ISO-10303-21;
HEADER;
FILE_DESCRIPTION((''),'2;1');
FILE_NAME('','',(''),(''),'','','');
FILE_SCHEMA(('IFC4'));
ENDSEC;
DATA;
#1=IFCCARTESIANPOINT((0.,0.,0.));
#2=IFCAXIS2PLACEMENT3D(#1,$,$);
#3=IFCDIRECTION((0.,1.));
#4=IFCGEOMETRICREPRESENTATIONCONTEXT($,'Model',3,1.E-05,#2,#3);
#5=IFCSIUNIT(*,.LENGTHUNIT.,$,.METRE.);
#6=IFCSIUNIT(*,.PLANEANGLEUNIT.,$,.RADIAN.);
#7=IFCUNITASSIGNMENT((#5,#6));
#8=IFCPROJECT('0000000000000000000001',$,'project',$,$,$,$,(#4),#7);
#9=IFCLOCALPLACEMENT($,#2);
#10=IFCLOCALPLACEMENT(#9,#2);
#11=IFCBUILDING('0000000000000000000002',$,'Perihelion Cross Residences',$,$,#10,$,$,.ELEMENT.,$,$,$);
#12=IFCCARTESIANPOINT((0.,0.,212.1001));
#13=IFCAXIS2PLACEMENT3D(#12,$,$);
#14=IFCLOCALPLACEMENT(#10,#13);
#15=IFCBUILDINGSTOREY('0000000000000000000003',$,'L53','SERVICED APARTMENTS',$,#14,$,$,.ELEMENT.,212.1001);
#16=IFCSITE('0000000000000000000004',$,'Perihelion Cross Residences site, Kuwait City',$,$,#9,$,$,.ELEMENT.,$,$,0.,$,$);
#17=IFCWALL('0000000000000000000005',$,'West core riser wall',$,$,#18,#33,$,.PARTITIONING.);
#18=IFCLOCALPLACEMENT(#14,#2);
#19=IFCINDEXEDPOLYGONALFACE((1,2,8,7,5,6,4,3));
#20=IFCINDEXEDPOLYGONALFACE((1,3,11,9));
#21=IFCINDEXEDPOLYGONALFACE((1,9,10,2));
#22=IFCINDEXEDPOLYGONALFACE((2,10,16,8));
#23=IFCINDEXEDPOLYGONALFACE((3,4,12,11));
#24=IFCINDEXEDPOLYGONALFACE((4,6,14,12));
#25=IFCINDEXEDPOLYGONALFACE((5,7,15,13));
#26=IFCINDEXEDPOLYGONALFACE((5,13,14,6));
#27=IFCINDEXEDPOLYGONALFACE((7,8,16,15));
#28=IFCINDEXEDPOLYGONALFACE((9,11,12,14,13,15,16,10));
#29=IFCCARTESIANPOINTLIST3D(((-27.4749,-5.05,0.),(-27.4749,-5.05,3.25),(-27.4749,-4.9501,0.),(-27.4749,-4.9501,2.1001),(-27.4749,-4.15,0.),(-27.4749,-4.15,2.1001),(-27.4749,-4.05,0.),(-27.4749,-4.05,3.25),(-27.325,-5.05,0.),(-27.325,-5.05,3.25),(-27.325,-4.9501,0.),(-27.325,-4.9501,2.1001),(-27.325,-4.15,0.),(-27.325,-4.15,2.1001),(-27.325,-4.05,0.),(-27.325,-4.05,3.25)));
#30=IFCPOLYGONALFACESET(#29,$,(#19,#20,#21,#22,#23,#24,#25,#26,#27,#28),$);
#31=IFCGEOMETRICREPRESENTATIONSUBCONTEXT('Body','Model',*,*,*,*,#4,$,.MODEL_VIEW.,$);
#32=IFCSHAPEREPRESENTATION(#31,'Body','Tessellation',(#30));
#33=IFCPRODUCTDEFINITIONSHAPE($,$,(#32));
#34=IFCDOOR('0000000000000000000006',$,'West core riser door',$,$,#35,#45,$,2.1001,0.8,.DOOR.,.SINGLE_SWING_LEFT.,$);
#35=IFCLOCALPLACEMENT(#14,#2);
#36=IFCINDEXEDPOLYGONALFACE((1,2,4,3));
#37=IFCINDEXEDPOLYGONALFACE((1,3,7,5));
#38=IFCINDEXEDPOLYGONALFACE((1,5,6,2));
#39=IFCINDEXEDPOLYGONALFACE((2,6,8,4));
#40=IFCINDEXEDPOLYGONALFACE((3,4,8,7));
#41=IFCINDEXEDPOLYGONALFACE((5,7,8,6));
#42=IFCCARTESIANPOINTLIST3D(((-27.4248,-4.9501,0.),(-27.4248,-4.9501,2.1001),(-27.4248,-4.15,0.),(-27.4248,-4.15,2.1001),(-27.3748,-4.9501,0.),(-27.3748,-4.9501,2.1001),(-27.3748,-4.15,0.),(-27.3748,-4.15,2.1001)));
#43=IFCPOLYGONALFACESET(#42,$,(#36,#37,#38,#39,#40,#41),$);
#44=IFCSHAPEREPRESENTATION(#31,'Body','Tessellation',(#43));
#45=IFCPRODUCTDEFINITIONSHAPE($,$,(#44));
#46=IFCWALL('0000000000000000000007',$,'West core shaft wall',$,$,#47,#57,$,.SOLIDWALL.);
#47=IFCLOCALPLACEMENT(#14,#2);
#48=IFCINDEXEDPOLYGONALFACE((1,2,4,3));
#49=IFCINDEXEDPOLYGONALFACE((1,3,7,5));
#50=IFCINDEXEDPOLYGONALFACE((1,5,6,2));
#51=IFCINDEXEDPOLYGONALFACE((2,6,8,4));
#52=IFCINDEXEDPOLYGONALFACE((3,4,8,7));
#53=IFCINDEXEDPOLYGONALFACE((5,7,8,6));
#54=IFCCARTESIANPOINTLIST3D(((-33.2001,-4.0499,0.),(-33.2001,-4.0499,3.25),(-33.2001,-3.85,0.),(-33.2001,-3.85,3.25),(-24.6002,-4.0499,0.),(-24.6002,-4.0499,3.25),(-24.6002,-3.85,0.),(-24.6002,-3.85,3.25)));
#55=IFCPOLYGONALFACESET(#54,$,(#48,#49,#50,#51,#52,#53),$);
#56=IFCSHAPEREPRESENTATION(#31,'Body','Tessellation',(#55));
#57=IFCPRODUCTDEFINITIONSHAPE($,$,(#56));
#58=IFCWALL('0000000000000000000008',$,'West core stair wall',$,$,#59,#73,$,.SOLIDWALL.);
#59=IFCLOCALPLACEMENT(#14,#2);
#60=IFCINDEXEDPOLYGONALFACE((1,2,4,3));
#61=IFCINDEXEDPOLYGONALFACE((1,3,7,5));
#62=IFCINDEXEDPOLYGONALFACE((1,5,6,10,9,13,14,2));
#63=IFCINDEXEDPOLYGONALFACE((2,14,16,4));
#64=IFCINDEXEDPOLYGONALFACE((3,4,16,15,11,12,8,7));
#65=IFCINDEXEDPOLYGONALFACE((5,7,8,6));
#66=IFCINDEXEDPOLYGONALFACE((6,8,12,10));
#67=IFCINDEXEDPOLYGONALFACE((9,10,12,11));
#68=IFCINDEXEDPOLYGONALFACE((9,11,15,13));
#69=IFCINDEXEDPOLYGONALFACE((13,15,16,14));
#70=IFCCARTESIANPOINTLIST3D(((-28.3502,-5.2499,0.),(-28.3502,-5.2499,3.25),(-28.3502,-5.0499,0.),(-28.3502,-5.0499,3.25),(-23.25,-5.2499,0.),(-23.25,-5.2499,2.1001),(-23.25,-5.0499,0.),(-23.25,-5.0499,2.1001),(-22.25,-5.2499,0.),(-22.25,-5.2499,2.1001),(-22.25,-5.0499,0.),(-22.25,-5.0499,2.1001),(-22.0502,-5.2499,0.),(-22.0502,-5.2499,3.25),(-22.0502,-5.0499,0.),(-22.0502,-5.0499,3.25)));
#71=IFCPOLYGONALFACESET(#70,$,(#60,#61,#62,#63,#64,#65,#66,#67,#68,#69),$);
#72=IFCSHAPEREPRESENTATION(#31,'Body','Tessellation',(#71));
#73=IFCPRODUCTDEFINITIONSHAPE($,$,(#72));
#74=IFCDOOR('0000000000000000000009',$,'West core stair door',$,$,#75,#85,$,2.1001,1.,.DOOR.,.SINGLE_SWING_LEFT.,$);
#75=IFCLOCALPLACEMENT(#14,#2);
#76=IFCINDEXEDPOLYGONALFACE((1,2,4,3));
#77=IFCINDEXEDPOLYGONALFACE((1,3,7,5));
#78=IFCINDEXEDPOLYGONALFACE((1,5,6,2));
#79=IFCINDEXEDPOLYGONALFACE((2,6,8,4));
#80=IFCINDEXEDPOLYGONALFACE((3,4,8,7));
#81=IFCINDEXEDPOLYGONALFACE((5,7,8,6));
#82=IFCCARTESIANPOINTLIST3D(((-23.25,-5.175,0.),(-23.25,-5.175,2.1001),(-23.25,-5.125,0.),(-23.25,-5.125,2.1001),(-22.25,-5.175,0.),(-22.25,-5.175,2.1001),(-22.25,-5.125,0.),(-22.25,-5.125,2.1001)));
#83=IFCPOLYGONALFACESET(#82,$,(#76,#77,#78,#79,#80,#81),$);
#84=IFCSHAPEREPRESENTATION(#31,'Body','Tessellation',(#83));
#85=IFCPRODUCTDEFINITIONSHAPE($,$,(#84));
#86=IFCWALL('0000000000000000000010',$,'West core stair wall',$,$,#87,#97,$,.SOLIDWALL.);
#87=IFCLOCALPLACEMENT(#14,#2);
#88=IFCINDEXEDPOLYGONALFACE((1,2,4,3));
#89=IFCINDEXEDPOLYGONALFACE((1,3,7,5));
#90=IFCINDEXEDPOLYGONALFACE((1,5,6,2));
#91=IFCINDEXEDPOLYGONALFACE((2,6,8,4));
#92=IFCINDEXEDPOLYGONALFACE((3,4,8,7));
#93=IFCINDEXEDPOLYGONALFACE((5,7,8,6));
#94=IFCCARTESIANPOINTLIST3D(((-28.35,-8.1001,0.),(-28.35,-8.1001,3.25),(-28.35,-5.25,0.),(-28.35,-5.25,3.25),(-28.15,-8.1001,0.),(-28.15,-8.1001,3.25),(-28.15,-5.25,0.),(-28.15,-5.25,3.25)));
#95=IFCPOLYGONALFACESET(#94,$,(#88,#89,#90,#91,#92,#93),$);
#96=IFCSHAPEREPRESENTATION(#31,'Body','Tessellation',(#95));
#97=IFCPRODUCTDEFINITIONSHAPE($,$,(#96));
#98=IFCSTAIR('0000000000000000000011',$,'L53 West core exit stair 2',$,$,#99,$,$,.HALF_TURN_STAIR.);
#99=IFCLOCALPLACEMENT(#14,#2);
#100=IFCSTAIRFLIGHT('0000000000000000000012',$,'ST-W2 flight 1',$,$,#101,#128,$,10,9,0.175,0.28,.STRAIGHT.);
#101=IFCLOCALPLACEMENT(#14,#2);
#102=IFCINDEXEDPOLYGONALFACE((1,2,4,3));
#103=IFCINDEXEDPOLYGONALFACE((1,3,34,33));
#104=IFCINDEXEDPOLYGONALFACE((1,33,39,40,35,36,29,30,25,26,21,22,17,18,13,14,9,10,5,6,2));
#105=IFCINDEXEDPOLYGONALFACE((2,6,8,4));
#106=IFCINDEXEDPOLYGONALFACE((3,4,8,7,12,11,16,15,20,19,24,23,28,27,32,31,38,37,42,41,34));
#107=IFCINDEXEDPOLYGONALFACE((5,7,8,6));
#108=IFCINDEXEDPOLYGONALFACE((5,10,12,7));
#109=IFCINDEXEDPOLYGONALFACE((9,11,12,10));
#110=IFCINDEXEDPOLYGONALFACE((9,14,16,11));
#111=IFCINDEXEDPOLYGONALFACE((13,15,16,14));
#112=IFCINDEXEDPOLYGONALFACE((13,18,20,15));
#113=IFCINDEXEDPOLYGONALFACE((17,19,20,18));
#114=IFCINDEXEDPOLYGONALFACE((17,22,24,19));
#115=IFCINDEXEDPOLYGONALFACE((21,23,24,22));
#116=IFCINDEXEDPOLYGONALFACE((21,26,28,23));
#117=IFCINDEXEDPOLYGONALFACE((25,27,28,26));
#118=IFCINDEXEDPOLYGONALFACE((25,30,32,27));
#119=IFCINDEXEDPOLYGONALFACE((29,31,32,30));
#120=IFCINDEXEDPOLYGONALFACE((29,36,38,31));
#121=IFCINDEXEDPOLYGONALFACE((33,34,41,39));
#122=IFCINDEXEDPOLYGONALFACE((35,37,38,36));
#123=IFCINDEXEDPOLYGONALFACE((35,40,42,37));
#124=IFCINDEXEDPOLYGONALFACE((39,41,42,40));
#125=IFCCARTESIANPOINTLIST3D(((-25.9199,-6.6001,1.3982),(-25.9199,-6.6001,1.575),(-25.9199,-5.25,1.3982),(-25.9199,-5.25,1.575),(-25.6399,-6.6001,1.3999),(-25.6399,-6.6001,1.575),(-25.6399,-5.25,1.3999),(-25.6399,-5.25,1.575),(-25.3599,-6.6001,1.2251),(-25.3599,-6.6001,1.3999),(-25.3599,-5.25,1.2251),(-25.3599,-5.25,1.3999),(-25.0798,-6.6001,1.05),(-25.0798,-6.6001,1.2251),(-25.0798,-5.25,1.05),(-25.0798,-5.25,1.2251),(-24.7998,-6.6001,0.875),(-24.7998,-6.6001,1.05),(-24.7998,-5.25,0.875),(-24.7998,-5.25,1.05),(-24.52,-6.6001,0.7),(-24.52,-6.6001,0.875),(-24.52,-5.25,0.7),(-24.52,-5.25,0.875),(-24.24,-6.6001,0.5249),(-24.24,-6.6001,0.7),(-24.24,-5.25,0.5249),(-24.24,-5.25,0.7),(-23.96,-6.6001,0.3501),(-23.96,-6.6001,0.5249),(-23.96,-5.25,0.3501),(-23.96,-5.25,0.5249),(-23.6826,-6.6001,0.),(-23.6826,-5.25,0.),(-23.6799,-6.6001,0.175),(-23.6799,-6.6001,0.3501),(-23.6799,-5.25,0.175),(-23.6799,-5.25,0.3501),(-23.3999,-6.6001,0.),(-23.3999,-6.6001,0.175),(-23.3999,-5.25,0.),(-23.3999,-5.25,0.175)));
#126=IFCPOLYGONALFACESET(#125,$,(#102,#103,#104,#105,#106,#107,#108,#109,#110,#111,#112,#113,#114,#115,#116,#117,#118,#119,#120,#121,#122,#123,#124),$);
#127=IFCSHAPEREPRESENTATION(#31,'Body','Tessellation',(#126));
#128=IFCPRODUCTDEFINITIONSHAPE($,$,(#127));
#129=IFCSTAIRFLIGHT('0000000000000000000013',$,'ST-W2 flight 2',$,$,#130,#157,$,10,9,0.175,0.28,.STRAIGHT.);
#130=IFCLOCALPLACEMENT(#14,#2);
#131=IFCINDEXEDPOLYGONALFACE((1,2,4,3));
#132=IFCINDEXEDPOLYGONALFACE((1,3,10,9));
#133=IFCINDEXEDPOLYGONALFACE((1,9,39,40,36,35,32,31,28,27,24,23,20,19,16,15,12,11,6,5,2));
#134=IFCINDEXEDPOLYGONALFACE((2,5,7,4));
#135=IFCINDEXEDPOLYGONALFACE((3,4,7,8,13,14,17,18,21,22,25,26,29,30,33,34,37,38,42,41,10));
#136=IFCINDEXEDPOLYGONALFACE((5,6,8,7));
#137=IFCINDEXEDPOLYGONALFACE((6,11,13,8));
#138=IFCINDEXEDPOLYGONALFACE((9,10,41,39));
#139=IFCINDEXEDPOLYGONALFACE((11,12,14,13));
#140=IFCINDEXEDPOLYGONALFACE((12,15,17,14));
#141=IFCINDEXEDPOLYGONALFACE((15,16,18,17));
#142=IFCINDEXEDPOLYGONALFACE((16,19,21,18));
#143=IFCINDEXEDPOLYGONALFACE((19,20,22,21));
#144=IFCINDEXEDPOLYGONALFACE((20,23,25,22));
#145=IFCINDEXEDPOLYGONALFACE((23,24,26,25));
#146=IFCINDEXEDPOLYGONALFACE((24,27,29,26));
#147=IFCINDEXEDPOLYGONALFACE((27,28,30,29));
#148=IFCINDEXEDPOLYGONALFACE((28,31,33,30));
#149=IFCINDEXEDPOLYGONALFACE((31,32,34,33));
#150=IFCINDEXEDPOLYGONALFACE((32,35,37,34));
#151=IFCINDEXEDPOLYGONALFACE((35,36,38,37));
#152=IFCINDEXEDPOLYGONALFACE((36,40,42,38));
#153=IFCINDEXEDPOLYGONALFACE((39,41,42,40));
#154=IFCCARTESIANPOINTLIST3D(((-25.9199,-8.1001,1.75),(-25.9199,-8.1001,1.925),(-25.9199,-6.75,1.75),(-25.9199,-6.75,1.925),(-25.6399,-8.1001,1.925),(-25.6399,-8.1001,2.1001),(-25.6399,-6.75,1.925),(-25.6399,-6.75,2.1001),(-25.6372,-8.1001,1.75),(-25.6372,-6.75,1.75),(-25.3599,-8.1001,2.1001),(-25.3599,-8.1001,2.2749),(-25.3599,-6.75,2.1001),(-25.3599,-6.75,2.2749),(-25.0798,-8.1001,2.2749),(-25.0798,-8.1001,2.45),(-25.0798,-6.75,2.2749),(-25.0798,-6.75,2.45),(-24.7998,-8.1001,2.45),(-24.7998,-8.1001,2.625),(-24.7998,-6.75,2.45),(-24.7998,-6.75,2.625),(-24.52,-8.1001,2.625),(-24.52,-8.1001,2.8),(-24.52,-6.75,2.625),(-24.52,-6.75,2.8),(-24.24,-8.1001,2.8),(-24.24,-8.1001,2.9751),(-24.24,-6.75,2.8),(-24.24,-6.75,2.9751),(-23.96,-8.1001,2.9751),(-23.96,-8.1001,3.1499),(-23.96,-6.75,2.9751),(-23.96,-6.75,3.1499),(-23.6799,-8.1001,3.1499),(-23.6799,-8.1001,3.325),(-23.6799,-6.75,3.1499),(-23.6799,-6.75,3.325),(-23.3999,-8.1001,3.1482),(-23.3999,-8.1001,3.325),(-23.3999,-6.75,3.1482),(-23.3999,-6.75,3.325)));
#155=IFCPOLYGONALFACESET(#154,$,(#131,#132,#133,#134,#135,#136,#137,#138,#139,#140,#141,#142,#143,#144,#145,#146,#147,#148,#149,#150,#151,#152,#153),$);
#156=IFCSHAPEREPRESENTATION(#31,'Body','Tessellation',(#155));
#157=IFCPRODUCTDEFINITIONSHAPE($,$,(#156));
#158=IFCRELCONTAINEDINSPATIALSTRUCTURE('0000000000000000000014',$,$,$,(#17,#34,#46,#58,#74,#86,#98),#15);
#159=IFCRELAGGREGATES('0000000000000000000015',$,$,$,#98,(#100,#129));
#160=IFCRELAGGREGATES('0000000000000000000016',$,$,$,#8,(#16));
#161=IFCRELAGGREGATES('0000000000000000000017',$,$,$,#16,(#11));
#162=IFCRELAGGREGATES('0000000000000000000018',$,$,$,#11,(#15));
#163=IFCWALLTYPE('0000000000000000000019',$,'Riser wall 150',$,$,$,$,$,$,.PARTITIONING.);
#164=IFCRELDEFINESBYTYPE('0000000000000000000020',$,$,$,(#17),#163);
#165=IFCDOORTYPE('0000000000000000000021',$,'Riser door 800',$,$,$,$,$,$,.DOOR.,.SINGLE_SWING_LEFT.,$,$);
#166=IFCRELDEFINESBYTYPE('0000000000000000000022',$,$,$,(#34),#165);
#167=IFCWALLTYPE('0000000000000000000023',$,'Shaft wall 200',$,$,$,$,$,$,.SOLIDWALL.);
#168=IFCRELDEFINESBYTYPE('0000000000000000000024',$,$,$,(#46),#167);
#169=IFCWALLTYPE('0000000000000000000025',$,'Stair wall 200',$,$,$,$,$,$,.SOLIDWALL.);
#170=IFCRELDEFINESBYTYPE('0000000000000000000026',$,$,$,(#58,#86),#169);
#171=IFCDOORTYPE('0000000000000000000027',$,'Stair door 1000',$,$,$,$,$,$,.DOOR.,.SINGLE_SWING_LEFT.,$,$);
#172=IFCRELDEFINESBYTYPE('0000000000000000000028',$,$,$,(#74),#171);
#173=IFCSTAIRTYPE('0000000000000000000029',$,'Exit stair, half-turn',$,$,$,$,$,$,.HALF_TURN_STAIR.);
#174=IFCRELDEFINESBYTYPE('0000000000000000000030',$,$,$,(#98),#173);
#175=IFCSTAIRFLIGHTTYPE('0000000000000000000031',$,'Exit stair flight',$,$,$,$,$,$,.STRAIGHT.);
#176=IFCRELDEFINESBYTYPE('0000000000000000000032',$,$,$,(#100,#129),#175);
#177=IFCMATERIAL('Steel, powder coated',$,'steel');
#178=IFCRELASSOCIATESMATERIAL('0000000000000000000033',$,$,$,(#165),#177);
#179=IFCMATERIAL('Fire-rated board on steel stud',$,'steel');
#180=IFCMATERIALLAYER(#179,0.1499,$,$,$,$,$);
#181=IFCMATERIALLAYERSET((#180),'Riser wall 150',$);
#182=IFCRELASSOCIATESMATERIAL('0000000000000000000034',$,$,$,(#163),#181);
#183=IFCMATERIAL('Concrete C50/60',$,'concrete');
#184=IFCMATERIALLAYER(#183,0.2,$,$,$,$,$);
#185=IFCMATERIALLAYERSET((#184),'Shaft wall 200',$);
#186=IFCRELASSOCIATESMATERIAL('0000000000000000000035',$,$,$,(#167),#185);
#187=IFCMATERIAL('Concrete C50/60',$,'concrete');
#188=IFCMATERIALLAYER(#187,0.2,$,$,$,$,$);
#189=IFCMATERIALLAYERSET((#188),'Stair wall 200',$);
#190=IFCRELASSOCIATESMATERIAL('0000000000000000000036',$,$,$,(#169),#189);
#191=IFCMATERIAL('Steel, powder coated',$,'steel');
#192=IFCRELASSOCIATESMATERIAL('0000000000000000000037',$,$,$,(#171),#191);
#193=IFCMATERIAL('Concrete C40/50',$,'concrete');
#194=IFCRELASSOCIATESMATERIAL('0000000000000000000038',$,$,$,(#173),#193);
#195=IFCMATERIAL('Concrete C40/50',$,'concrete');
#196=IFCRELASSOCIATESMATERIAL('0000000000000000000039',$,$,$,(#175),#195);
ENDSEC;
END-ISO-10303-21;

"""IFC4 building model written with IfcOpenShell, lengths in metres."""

from ifc_helpers import new_model, si_unit, direction, frame, frame_2d, origin, place, context, subcontext, project, spatial, polyline, rectangle, outline, extrude, material, layer, layer_set, type_object, element, fill, aggregate, save


model = new_model("IFC4")

# Units and contexts
model_context = context("Model", 3, precision=1e-05, world=origin(), true_north=direction((0.0, 1.0)))
body_context = subcontext(model_context, "Body", "Model", "MODEL_VIEW")
ifc_project = project(units=[si_unit("LENGTHUNIT", "METRE"), si_unit("PLANEANGLEUNIT", "RADIAN")], contexts=[model_context])

# Site, building, storey
site_placement = place(None, origin())
site = spatial("IfcSite", under=ifc_project, at=site_placement, Name="Perihelion Cross Residences site, Kuwait City", CompositionType="ELEMENT", RefElevation=0.0)
building_placement = place(site_placement, origin())
building = spatial("IfcBuilding", under=site, at=building_placement, Name="Perihelion Cross Residences", CompositionType="ELEMENT")
storey_placement = place(building_placement, frame((0.0, 0.0, 212.1001)))
storey = spatial("IfcBuildingStorey", under=building, at=storey_placement, Name="L53", Description="SERVICED APARTMENTS", CompositionType="ELEMENT", Elevation=212.1001)

# Shared definitions
ifc_material_1 = material(Name="Steel, powder coated", Category="steel")
door_type_1 = type_object("IfcDoorType", Name="Riser door 800", OperationType="SINGLE_SWING_LEFT", PredefinedType="DOOR", material=ifc_material_1)

# Wall, opening, door
ifc_material_2 = material(Name="Fire-rated board on steel stud", Category="steel")
ifc_layer_1 = layer(ifc_material_2, 0.1499)
ifc_layer_set_1 = layer_set([ifc_layer_1], Name="Riser wall 150")
wall_type_1 = type_object("IfcWallType", Name="Riser wall 150", PredefinedType="PARTITIONING", material=ifc_layer_set_1)
wall_1_placement = place(storey_placement, frame((-27.3999, -5.05, 0.0), z_axis=(0.0, 0.0, 1.0), x_axis=(0.0, 1.0, 0.0)))
wall_1 = element("IfcWall", 1, at=wall_1_placement, inside=storey, type_object=wall_type_1, Name="West core riser wall", PredefinedType="PARTITIONING", context=body_context, shape_type="SweptSolid", body=[
    extrude(rectangle(XDim=1.0, YDim=0.1499, at=frame_2d((0.5, 0.0))), origin(), (0.0, 0.0, 1.0), 3.25),
])
opening_1_placement = place(wall_1_placement, frame((0.1001, 0.0, 0.0)))
opening_1 = element("IfcOpeningElement", 2, at=opening_1_placement, cuts=wall_1, PredefinedType="OPENING", context=body_context, shape_type="SweptSolid", body=[
    extrude(rectangle(XDim=0.8, YDim=2.1001, at=frame_2d((0.3999, 1.05))), frame((0.0, 0.085, 0.0), z_axis=(0.0, -1.0, 0.0), x_axis=(1.0, 0.0, 0.0)), (0.0, 0.0, 1.0), 0.1699),
])
door_1_placement = place(opening_1_placement, origin())
door_1 = element("IfcDoor", 3, at=door_1_placement, inside=storey, type_object=door_type_1, Name="West core riser door", OperationType="SINGLE_SWING_LEFT", OverallHeight=2.1001, OverallWidth=0.8, PredefinedType="DOOR", context=body_context, shape_type="SweptSolid", body=[
    extrude(rectangle(XDim=0.8, YDim=2.1001, at=frame_2d((0.3999, 1.05))), frame((0.0, 0.0249, 0.0), z_axis=(0.0, -1.0, 0.0), x_axis=(1.0, 0.0, 0.0)), (0.0, 0.0, 1.0), 0.05),
])
fill(opening_1, door_1)

# Wall
ifc_material_3 = material(Name="Concrete C50/60", Category="concrete")
ifc_layer_2 = layer(ifc_material_3, 0.2)
ifc_layer_set_2 = layer_set([ifc_layer_2], Name="Shaft wall 200")
wall_type_2 = type_object("IfcWallType", Name="Shaft wall 200", PredefinedType="SOLIDWALL", material=ifc_layer_set_2)
wall_2_placement = place(storey_placement, frame((-33.2, -3.95, 0.0), z_axis=(0.0, 0.0, 1.0), x_axis=(1.0, 0.0, 0.0)))
element("IfcWall", 4, at=wall_2_placement, inside=storey, type_object=wall_type_2, Name="West core shaft wall", PredefinedType="SOLIDWALL", context=body_context, shape_type="SweptSolid", body=[
    extrude(rectangle(XDim=8.5999, YDim=0.2, at=frame_2d((4.2998, 0.0))), origin(), (0.0, 0.0, 1.0), 3.25),
])

# Wall, opening, door
ifc_material_4 = material(Name="Concrete C50/60", Category="concrete")
ifc_layer_3 = layer(ifc_material_4, 0.2)
ifc_layer_set_3 = layer_set([ifc_layer_3], Name="Stair wall 200")
wall_type_3 = type_object("IfcWallType", Name="Stair wall 200", PredefinedType="SOLIDWALL", material=ifc_layer_set_3)
wall_3_placement = place(storey_placement, frame((-28.3501, -5.1499, 0.0), z_axis=(0.0, 0.0, 1.0), x_axis=(1.0, 0.0, 0.0)))
wall_3 = element("IfcWall", 5, at=wall_3_placement, inside=storey, type_object=wall_type_3, Name="West core stair wall", PredefinedType="SOLIDWALL", context=body_context, shape_type="SweptSolid", body=[
    extrude(rectangle(XDim=6.3, YDim=0.2, at=frame_2d((3.1499, 0.0))), origin(), (0.0, 0.0, 1.0), 3.25),
])
opening_2_placement = place(wall_3_placement, frame((5.1001, 0.0, 0.0)))
opening_2 = element("IfcOpeningElement", 6, at=opening_2_placement, cuts=wall_3, PredefinedType="OPENING", context=body_context, shape_type="SweptSolid", body=[
    extrude(rectangle(XDim=1.0, YDim=2.1001, at=frame_2d((0.5, 1.05))), frame((0.0, 0.1099, 0.0), z_axis=(0.0, -1.0, 0.0), x_axis=(1.0, 0.0, 0.0)), (0.0, 0.0, 1.0), 0.22),
])
ifc_material_5 = material(Name="Steel, powder coated", Category="steel")
door_type_2 = type_object("IfcDoorType", Name="Stair door 1000", OperationType="SINGLE_SWING_LEFT", PredefinedType="DOOR", material=ifc_material_5)
door_2_placement = place(opening_2_placement, origin())
door_2 = element("IfcDoor", 7, at=door_2_placement, inside=storey, type_object=door_type_2, Name="West core stair door", OperationType="SINGLE_SWING_LEFT", OverallHeight=2.1001, OverallWidth=1.0, PredefinedType="DOOR", context=body_context, shape_type="SweptSolid", body=[
    extrude(rectangle(XDim=1.0, YDim=2.1001, at=frame_2d((0.5, 1.05))), frame((0.0, 0.0249, 0.0), z_axis=(0.0, -1.0, 0.0), x_axis=(1.0, 0.0, 0.0)), (0.0, 0.0, 1.0), 0.05),
])
fill(opening_2, door_2)

# Wall
wall_4_placement = place(storey_placement, frame((-28.25, -8.1001, 0.0), z_axis=(0.0, 0.0, 1.0), x_axis=(0.0, 1.0, 0.0)))
element("IfcWall", 8, at=wall_4_placement, inside=storey, type_object=wall_type_3, Name="West core stair wall", PredefinedType="SOLIDWALL", context=body_context, shape_type="SweptSolid", body=[
    extrude(rectangle(XDim=2.8501, YDim=0.2, at=frame_2d((1.425, 0.0))), origin(), (0.0, 0.0, 1.0), 3.25),
])

# Stair, stair flights
ifc_material_6 = material(Name="Concrete C40/50", Category="concrete")
stair_type = type_object("IfcStairType", Name="Exit stair, half-turn", PredefinedType="HALF_TURN_STAIR", material=ifc_material_6)
stair_placement = place(storey_placement, origin())
stair = element("IfcStair", 9, at=stair_placement, inside=storey, type_object=stair_type, Name="L53 West core exit stair 2", PredefinedType="HALF_TURN_STAIR")
ifc_material_7 = material(Name="Concrete C40/50", Category="concrete")
stair_flight_type = type_object("IfcStairFlightType", Name="Exit stair flight", PredefinedType="STRAIGHT", material=ifc_material_7)
stair_flight_1_placement = place(storey_placement, frame((-23.3999, -5.925, 0.0), z_axis=(0.0, 0.0, 1.0), x_axis=(-1.0, 0.0, 0.0)))
stair_flight_1 = element("IfcStairFlight", 10, at=stair_flight_1_placement, type_object=stair_flight_type, Name="ST-W2 flight 1", NumberOfRisers=10, NumberOfTreads=9, PredefinedType="STRAIGHT", RiserHeight=0.175, TreadLength=0.28, context=body_context, shape_type="SweptSolid", body=[
    extrude(outline(polyline([(0.0, 0.0), (0.0, 0.175), (0.28, 0.175), (0.28, 0.3501), (0.5601, 0.3501), (0.5601, 0.5249), (0.8401, 0.5249), (0.8401, 0.7), (1.1201, 0.7), (1.1201, 0.875), (1.3999, 0.875), (1.3999, 1.05), (1.6799, 1.05), (1.6799, 1.2251), (1.96, 1.2251), (1.96, 1.3999), (2.24, 1.3999), (2.24, 1.575), (2.52, 1.575), (2.52, 1.75), (2.52, 1.3982), (0.2827, 0.0), (0.0, 0.0)])), frame((0.0, 0.675, 0.0), z_axis=(0.0, -1.0, 0.0), x_axis=(1.0, 0.0, 0.0)), (0.0, 0.0, 1.0), 1.3501),
])
stair_flight_2_placement = place(storey_placement, frame((-25.9199, -7.425, 1.75), z_axis=(0.0, 0.0, 1.0), x_axis=(1.0, 0.0, 0.0)))
stair_flight_2 = element("IfcStairFlight", 11, at=stair_flight_2_placement, type_object=stair_flight_type, Name="ST-W2 flight 2", NumberOfRisers=10, NumberOfTreads=9, PredefinedType="STRAIGHT", RiserHeight=0.175, TreadLength=0.28, context=body_context, shape_type="SweptSolid", body=[
    extrude(outline(polyline([(0.0, 0.0), (0.0, 0.175), (0.28, 0.175), (0.28, 0.3501), (0.5601, 0.3501), (0.5601, 0.5249), (0.8401, 0.5249), (0.8401, 0.7), (1.1201, 0.7), (1.1201, 0.875), (1.3999, 0.875), (1.3999, 1.05), (1.6799, 1.05), (1.6799, 1.2251), (1.96, 1.2251), (1.96, 1.3999), (2.24, 1.3999), (2.24, 1.575), (2.52, 1.575), (2.52, 1.75), (2.52, 1.3982), (0.2827, 0.0), (0.0, 0.0)])), frame((0.0, 0.675, 0.0), z_axis=(0.0, -1.0, 0.0), x_axis=(1.0, 0.0, 0.0)), (0.0, 0.0, 1.0), 1.3501),
])
aggregate(stair, [stair_flight_1, stair_flight_2])

save(model, "model.ifc")
